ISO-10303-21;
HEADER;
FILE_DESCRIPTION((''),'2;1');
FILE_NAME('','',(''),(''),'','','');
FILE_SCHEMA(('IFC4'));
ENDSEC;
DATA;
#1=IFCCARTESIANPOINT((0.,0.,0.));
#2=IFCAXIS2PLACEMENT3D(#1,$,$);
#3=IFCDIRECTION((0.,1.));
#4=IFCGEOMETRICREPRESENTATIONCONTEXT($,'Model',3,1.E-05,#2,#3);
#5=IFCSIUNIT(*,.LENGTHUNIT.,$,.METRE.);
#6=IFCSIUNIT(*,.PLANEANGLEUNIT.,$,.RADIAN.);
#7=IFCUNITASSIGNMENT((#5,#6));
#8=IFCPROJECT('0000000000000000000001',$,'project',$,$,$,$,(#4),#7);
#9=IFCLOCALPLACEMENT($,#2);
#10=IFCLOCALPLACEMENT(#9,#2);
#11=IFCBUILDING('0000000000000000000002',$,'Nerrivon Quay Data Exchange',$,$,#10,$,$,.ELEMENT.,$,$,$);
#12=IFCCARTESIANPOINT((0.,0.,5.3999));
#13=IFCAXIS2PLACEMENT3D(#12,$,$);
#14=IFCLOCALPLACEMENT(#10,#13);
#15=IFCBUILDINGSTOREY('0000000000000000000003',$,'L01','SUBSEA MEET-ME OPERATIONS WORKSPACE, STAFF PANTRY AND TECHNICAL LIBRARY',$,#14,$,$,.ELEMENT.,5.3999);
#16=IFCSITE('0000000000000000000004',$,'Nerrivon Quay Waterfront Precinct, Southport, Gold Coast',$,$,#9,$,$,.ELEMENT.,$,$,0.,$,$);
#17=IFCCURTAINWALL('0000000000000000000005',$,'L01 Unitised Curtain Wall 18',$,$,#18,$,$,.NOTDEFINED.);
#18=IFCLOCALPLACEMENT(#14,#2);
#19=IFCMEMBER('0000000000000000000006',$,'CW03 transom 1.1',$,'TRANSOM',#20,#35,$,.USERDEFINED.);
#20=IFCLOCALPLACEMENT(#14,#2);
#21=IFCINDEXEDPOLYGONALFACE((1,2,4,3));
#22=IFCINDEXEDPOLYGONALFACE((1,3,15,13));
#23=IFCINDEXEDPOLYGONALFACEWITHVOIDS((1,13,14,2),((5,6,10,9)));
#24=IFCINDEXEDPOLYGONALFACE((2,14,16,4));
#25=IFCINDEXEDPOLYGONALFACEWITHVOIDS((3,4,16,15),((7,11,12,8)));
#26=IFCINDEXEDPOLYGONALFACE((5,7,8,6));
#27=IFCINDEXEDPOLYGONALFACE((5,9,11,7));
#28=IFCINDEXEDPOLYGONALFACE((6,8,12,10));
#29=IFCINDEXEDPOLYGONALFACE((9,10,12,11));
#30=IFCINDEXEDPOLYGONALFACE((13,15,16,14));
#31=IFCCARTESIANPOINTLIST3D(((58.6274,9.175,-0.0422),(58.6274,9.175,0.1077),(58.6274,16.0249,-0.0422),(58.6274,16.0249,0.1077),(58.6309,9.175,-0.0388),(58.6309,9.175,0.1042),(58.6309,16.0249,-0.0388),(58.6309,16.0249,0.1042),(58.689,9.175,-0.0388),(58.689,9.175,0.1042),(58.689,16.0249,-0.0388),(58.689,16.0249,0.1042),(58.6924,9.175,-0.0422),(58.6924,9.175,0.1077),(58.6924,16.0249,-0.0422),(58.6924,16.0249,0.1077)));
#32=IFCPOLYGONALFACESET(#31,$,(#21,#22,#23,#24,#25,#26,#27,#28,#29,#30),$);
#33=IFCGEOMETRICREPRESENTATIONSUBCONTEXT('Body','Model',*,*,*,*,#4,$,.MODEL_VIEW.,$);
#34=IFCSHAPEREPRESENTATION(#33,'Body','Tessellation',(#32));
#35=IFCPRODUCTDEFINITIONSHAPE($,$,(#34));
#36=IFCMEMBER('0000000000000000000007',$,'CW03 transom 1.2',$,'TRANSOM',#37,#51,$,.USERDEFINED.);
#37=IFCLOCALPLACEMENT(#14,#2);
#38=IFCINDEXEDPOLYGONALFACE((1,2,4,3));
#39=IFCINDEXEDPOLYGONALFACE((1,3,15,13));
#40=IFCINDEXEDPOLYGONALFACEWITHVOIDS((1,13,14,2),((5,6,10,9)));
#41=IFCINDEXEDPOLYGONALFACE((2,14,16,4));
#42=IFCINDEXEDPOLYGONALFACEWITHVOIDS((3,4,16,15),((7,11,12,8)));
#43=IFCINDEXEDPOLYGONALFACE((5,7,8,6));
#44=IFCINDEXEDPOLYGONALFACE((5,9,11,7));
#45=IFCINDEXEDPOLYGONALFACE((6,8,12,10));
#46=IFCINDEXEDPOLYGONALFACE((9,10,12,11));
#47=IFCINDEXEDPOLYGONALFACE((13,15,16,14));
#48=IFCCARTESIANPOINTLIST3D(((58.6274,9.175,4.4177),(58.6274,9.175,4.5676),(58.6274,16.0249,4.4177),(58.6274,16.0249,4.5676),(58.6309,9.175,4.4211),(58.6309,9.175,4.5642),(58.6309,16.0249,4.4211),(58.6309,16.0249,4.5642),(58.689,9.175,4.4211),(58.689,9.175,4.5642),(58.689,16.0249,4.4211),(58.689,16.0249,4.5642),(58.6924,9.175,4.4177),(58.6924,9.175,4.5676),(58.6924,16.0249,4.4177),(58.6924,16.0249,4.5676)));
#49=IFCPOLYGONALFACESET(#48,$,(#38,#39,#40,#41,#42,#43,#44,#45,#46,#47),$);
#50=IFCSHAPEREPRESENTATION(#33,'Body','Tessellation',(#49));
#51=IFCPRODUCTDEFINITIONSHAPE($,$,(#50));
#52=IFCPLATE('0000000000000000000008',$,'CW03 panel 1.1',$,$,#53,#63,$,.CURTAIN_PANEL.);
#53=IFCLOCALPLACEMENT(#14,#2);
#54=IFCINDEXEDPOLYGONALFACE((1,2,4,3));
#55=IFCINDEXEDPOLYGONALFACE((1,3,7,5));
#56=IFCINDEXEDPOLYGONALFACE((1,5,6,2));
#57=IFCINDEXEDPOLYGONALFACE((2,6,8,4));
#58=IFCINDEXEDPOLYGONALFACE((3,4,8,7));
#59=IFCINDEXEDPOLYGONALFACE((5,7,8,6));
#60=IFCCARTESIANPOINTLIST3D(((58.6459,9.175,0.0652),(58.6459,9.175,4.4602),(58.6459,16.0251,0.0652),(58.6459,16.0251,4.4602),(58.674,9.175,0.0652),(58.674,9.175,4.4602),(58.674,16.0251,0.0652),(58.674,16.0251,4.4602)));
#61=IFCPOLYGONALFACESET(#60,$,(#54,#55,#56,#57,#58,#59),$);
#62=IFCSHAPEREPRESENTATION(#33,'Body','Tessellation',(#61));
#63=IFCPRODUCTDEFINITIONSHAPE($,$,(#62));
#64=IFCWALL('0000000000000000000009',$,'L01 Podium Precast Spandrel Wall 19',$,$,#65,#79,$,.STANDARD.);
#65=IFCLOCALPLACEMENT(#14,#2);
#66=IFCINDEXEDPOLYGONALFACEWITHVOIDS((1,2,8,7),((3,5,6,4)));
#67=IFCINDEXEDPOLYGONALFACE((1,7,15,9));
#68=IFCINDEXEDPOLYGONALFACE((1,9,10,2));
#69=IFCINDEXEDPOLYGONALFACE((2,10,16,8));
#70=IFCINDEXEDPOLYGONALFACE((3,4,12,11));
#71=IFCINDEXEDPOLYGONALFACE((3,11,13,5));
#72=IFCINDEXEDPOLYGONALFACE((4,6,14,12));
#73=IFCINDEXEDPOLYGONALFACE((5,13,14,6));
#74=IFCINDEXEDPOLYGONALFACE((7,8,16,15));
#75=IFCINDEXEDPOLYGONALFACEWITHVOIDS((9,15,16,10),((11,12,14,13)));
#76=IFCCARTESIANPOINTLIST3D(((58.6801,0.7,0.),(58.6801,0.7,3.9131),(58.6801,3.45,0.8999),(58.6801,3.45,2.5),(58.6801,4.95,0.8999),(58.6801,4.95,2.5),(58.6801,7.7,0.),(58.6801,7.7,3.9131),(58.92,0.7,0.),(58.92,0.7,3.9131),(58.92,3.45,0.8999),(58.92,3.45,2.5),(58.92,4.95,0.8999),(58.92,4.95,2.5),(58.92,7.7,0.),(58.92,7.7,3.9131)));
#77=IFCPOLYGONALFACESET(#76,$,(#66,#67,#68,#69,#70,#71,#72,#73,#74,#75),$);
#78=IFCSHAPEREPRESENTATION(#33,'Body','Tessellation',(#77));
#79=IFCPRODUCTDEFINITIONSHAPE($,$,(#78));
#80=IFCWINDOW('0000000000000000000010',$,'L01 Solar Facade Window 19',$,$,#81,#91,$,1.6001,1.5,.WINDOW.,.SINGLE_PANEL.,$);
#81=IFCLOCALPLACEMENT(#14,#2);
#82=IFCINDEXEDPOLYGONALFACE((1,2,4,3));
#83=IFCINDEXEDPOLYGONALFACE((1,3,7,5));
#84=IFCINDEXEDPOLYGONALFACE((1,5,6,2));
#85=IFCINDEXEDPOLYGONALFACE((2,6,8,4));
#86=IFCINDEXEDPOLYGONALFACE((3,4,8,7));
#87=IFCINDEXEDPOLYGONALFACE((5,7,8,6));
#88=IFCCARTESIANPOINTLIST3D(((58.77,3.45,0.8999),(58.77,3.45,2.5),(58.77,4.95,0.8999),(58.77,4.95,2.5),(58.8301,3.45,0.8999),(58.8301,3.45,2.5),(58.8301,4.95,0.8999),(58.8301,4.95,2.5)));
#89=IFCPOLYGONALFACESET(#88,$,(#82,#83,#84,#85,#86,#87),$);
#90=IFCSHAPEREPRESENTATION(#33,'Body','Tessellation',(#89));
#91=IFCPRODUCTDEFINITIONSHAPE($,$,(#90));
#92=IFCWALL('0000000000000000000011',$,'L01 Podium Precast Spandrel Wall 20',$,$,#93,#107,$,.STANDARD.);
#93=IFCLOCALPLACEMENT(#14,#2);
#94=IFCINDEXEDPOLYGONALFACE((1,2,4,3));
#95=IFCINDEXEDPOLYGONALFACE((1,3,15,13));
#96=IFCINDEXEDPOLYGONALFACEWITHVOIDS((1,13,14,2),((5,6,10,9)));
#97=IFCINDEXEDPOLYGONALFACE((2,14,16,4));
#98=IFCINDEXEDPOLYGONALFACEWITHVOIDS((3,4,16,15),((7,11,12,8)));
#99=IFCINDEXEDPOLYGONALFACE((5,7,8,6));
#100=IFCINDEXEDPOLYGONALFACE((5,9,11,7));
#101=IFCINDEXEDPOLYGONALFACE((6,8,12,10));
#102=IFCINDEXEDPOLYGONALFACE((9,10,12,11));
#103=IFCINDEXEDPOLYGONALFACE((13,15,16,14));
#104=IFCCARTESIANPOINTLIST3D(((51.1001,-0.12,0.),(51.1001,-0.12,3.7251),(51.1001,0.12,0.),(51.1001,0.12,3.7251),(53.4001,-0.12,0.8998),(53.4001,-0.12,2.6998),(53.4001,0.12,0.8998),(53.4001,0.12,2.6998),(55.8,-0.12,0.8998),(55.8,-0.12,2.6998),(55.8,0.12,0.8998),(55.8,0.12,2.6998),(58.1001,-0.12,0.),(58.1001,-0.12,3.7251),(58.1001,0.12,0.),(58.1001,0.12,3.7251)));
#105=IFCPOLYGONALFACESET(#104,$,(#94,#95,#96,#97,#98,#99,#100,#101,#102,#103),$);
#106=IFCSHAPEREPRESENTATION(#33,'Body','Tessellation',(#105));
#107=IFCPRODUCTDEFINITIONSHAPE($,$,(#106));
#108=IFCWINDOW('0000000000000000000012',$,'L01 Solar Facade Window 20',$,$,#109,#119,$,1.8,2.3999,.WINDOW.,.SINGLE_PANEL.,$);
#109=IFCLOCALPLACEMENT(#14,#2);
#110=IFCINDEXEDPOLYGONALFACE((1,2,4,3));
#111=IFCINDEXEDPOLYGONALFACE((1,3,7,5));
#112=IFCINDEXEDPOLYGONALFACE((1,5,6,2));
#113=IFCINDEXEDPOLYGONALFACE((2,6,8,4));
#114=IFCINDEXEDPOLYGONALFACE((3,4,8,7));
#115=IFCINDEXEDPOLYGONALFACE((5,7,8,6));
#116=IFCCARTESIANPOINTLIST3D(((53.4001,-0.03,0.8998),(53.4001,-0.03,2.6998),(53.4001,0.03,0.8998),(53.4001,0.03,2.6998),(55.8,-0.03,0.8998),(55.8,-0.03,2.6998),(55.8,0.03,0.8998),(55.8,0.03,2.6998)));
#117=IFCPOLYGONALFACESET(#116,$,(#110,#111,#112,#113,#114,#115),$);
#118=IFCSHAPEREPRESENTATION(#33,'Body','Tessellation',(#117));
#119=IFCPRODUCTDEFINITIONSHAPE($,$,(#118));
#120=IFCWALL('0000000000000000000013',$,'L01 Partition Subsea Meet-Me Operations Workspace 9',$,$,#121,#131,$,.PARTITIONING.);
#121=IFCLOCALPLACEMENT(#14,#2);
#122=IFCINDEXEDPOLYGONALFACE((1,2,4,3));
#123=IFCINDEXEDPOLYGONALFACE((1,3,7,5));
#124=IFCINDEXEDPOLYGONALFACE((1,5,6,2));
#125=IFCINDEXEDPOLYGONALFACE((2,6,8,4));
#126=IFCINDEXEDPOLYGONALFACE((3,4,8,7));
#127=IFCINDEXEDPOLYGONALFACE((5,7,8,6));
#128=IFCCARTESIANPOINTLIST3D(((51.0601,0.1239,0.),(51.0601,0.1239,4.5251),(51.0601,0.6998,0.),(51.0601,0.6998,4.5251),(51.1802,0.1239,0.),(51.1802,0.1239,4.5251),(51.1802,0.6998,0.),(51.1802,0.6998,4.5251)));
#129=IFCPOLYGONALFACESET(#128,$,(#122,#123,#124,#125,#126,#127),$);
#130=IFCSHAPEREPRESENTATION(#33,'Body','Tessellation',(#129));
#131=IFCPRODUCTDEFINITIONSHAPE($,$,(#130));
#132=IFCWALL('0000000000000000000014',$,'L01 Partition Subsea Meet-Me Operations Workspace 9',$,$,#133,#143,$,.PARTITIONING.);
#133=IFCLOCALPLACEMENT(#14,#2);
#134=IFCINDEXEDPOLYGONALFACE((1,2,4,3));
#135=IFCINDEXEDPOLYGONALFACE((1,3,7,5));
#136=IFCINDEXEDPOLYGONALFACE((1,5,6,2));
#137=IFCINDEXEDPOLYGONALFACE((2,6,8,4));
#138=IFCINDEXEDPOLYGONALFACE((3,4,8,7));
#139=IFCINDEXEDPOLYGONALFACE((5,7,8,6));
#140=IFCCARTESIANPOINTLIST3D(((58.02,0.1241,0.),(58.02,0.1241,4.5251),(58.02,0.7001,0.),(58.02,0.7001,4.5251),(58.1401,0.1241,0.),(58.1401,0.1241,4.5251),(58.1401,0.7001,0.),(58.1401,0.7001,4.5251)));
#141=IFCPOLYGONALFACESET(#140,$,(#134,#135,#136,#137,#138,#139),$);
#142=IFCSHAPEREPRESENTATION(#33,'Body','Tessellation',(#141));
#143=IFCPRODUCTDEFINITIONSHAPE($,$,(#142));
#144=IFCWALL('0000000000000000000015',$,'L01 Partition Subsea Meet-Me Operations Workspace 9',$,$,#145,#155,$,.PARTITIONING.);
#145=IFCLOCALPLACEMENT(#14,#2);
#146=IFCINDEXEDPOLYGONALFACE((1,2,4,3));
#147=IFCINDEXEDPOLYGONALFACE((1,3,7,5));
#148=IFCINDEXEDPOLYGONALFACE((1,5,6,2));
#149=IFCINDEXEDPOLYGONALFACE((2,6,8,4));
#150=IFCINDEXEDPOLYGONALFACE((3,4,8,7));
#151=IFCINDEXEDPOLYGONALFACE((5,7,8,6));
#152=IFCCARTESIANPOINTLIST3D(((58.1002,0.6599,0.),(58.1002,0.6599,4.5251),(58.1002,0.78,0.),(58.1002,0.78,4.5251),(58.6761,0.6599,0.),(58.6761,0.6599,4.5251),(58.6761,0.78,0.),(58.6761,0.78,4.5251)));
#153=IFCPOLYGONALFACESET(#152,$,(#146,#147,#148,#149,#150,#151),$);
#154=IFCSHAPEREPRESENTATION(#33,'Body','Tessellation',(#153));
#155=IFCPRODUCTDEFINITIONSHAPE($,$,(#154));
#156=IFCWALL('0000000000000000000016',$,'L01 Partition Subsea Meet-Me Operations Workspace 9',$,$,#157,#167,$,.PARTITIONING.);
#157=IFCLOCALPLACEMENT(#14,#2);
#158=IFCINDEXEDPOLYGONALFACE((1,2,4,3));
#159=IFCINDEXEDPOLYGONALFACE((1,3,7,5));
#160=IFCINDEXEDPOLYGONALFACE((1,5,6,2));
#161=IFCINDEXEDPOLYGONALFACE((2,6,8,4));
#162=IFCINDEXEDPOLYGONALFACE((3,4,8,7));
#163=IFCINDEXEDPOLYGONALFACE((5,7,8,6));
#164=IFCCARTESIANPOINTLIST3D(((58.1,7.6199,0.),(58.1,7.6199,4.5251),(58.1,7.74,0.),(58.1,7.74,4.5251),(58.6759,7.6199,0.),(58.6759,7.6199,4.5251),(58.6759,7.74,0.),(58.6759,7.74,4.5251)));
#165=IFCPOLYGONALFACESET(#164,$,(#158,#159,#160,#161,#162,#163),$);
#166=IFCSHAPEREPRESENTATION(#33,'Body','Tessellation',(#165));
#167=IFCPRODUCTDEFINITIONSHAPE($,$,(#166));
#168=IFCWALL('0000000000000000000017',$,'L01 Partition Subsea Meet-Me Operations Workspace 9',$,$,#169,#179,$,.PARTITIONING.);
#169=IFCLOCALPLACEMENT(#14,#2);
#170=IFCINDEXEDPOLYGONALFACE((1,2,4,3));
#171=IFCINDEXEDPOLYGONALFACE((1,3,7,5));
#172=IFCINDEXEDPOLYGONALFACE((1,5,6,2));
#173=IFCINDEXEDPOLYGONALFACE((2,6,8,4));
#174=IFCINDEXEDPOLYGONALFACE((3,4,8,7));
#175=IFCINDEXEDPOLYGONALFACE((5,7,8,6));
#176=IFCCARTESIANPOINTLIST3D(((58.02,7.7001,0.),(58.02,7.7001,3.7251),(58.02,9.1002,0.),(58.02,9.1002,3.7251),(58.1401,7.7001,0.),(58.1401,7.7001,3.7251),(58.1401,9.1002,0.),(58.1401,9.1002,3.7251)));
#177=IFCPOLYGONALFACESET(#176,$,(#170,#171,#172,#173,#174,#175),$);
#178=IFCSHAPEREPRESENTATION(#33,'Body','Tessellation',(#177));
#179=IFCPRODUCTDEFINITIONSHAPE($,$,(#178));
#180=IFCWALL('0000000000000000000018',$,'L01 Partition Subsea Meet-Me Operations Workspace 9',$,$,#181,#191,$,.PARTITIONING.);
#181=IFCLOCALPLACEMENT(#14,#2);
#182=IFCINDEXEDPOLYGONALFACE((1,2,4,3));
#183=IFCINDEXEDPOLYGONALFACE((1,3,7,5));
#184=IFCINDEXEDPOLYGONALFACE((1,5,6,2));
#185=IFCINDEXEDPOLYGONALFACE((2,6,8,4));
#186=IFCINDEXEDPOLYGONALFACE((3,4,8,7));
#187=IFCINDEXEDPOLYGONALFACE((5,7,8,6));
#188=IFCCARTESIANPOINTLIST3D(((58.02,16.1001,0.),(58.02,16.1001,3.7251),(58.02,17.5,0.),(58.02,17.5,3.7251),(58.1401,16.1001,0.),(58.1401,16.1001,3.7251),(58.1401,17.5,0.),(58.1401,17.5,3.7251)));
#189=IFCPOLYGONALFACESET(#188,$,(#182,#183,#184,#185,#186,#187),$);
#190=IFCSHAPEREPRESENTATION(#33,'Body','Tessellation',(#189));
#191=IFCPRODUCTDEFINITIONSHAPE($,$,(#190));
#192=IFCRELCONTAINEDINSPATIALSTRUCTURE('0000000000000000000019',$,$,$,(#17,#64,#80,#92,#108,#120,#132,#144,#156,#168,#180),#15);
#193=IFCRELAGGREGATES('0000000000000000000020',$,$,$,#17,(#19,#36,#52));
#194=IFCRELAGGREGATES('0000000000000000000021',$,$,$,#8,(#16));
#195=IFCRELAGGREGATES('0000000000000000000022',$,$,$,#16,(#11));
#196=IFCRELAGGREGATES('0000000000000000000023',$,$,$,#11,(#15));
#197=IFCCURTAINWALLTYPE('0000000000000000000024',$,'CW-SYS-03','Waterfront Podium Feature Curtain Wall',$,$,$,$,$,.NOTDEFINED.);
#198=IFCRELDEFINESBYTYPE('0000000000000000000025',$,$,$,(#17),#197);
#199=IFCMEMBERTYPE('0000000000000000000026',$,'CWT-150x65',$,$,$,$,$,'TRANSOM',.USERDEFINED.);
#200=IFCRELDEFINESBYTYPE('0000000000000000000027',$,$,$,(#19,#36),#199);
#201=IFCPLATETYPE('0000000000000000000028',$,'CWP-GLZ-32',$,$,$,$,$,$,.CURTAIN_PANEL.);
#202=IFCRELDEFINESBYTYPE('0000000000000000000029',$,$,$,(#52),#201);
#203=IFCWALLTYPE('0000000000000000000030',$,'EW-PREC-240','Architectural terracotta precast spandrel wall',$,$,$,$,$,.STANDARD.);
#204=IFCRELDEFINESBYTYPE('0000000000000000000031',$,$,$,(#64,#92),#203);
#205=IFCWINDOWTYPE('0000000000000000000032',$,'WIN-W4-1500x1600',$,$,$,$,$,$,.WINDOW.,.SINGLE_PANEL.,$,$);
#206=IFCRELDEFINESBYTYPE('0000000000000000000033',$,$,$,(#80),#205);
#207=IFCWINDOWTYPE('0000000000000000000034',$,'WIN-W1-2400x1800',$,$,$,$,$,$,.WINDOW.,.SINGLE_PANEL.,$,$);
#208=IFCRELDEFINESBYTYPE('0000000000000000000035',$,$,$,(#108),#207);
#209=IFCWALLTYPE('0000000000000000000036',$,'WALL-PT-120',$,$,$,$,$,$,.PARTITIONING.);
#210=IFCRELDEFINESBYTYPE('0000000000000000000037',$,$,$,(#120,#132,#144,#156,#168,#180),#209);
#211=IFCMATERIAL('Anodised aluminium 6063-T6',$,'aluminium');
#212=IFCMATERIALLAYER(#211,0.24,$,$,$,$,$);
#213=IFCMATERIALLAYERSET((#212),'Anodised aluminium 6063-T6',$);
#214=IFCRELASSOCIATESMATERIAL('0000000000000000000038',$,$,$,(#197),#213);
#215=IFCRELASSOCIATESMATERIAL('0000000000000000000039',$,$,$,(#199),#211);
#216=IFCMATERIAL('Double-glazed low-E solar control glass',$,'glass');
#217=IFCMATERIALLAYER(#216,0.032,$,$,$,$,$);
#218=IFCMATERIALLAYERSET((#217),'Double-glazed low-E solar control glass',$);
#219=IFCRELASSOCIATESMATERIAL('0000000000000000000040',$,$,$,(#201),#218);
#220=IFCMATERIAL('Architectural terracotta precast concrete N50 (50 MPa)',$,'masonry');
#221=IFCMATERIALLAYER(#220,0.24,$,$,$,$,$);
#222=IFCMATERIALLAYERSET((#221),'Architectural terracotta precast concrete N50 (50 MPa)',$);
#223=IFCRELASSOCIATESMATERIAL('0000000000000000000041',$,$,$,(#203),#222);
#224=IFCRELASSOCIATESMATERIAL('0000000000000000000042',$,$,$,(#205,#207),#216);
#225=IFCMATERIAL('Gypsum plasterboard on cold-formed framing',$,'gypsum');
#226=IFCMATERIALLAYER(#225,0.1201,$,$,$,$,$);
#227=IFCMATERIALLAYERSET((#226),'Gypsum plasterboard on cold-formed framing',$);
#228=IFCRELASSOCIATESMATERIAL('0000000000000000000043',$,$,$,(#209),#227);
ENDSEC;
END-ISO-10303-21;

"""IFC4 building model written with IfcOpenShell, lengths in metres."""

from ifc_helpers import new_model, si_unit, direction, frame, frame_2d, origin, origin_2d, place, context, subcontext, project, spatial, rectangle, hollow_rectangle, extrude, material, layer, layer_set, material_profile, profile_set, type_object, element, fill, aggregate, save


model = new_model("IFC4")

# Units and contexts
model_context = context("Model", 3, precision=1e-05, world=origin(), true_north=direction((0.0, 1.0)))
body_context = subcontext(model_context, "Body", "Model", "MODEL_VIEW")
ifc_project = project(units=[si_unit("LENGTHUNIT", "METRE"), si_unit("PLANEANGLEUNIT", "RADIAN")], contexts=[model_context])

# Site, building, storey
site_placement = place(None, origin())
site = spatial("IfcSite", under=ifc_project, at=site_placement, Name="Nerrivon Quay Waterfront Precinct, Southport, Gold Coast", CompositionType="ELEMENT", RefElevation=0.0)
building_placement = place(site_placement, origin())
building = spatial("IfcBuilding", under=site, at=building_placement, Name="Nerrivon Quay Data Exchange", CompositionType="ELEMENT")
storey_placement = place(building_placement, frame((0.0, 0.0, 5.3999)))
storey = spatial("IfcBuildingStorey", under=building, at=storey_placement, Name="L01", Description="SUBSEA MEET-ME OPERATIONS WORKSPACE, STAFF PANTRY AND TECHNICAL LIBRARY", CompositionType="ELEMENT", Elevation=5.3999)

# Shared definitions
ifc_material_1 = material(Name="Anodised aluminium 6063-T6", Category="aluminium")
ifc_layer_1 = layer(ifc_material_1, 0.24)
ifc_layer_set_1 = layer_set([ifc_layer_1], Name="Anodised aluminium 6063-T6")
curtain_wall_type = type_object("IfcCurtainWallType", Name="CW-SYS-03", Description="Waterfront Podium Feature Curtain Wall", PredefinedType="NOTDEFINED", material=ifc_layer_set_1)

# Curtain wall, members, plate
curtain_wall_1_placement = place(storey_placement, origin())
curtain_wall_1 = element("IfcCurtainWall", 1, at=curtain_wall_1_placement, inside=storey, type_object=curtain_wall_type, Name="L01 Unitised Curtain Wall 18", PredefinedType="NOTDEFINED")
ifc_material_profile_1 = material_profile(ifc_material_1, hollow_rectangle(XDim=0.0649, YDim=0.1499, WallThickness=0.0034, at=origin_2d()), Name="ALU-TRAN-150x65")
ifc_profile_set_1 = profile_set([ifc_material_profile_1], Name="Anodised aluminium 6063-T6")
member_type_1 = type_object("IfcMemberType", Name="CWT-150x65", ElementType="TRANSOM", PredefinedType="USERDEFINED", material=ifc_profile_set_1)
member_1_placement = place(storey_placement, frame((58.6599, 16.0249, 0.0327), z_axis=(0.0, -1.0, 0.0), x_axis=(1.0, 0.0, 0.0)))
member_1 = element("IfcMember", 2, at=member_1_placement, type_object=member_type_1, Name="CW03 transom 1.1", ObjectType="TRANSOM", PredefinedType="USERDEFINED", context=body_context, shape_type="SweptSolid", body=[
    extrude(hollow_rectangle(XDim=0.0649, YDim=0.1499, WallThickness=0.0034, at=origin_2d()), origin(), (0.0, 0.0, 1.0), 6.8499),
])
member_2_placement = place(storey_placement, frame((58.6599, 16.0249, 4.4927), z_axis=(0.0, -1.0, 0.0), x_axis=(1.0, 0.0, 0.0)))
member_2 = element("IfcMember", 3, at=member_2_placement, type_object=member_type_1, Name="CW03 transom 1.2", ObjectType="TRANSOM", PredefinedType="USERDEFINED", context=body_context, shape_type="SweptSolid", body=[
    extrude(hollow_rectangle(XDim=0.0649, YDim=0.1499, WallThickness=0.0034, at=origin_2d()), origin(), (0.0, 0.0, 1.0), 6.8499),
])
ifc_material_2 = material(Name="Double-glazed low-E solar control glass", Category="glass")
ifc_layer_2 = layer(ifc_material_2, 0.032)
ifc_layer_set_2 = layer_set([ifc_layer_2], Name="Double-glazed low-E solar control glass")
plate_type = type_object("IfcPlateType", Name="CWP-GLZ-32", PredefinedType="CURTAIN_PANEL", material=ifc_layer_set_2)
plate_placement = place(storey_placement, frame((58.6599, 12.6001, 0.0652), z_axis=(0.0, 0.0, 1.0), x_axis=(0.0, -1.0, 0.0)))
plate = element("IfcPlate", 4, at=plate_placement, type_object=plate_type, Name="CW03 panel 1.1", PredefinedType="CURTAIN_PANEL", context=body_context, shape_type="SweptSolid", body=[
    extrude(rectangle(XDim=6.8501, YDim=0.0281, at=origin_2d()), origin(), (0.0, 0.0, 1.0), 4.395),
])
aggregate(curtain_wall_1, [member_1, member_2, plate])

# Walls, openings, windows
ifc_material_3 = material(Name="Architectural terracotta precast concrete N50 (50 MPa)", Category="masonry")
ifc_layer_3 = layer(ifc_material_3, 0.24)
ifc_layer_set_3 = layer_set([ifc_layer_3], Name="Architectural terracotta precast concrete N50 (50 MPa)")
wall_type_1 = type_object("IfcWallType", Name="EW-PREC-240", Description="Architectural terracotta precast spandrel wall", PredefinedType="STANDARD", material=ifc_layer_set_3)
wall_1_placement = place(storey_placement, frame((58.8, 7.7, 0.0), z_axis=(0.0, 0.0, 1.0), x_axis=(0.0, -1.0, 0.0)))
wall_1 = element("IfcWall", 5, at=wall_1_placement, inside=storey, type_object=wall_type_1, Name="L01 Podium Precast Spandrel Wall 19", PredefinedType="STANDARD", context=body_context, shape_type="SweptSolid", body=[
    extrude(rectangle(XDim=7.0, YDim=0.24, at=frame_2d((3.5, 0.0))), origin(), (0.0, 0.0, 1.0), 3.9131),
])
opening_1_placement = place(wall_1_placement, frame((2.75, 0.0, 0.8999)))
opening_1 = element("IfcOpeningElement", 6, at=opening_1_placement, cuts=wall_1, PredefinedType="OPENING", context=body_context, shape_type="SweptSolid", body=[
    extrude(rectangle(XDim=1.5, YDim=1.6001, at=frame_2d((0.75, 0.8))), frame((0.0, 0.1299, 0.0), z_axis=(0.0, -1.0, 0.0), x_axis=(1.0, 0.0, 0.0)), (0.0, 0.0, 1.0), 0.26),
])
window_type_1 = type_object("IfcWindowType", Name="WIN-W4-1500x1600", PartitioningType="SINGLE_PANEL", PredefinedType="WINDOW", material=ifc_material_2)
window_1_placement = place(opening_1_placement, origin())
window_1 = element("IfcWindow", 7, at=window_1_placement, inside=storey, type_object=window_type_1, Name="L01 Solar Facade Window 19", OverallHeight=1.6001, OverallWidth=1.5, PartitioningType="SINGLE_PANEL", PredefinedType="WINDOW", context=body_context, shape_type="SweptSolid", body=[
    extrude(rectangle(XDim=1.5, YDim=1.6001, at=frame_2d((0.75, 0.8))), frame((0.0, 0.03, 0.0), z_axis=(0.0, -1.0, 0.0), x_axis=(1.0, 0.0, 0.0)), (0.0, 0.0, 1.0), 0.0601),
])
fill(opening_1, window_1)
wall_2_placement = place(storey_placement, frame((58.1001, 0.0, 0.0), z_axis=(0.0, 0.0, 1.0), x_axis=(-1.0, 0.0, 0.0)))
wall_2 = element("IfcWall", 8, at=wall_2_placement, inside=storey, type_object=wall_type_1, Name="L01 Podium Precast Spandrel Wall 20", PredefinedType="STANDARD", context=body_context, shape_type="SweptSolid", body=[
    extrude(rectangle(XDim=7.0, YDim=0.24, at=frame_2d((3.5, 0.0))), origin(), (0.0, 0.0, 1.0), 3.7251),
])
opening_2_placement = place(wall_2_placement, frame((2.3, 0.0, 0.8999)))
opening_2 = element("IfcOpeningElement", 9, at=opening_2_placement, cuts=wall_2, PredefinedType="OPENING", context=body_context, shape_type="SweptSolid", body=[
    extrude(rectangle(XDim=2.3999, YDim=1.8, at=frame_2d((1.2, 0.8999))), frame((0.0, 0.1299, 0.0), z_axis=(0.0, -1.0, 0.0), x_axis=(1.0, 0.0, 0.0)), (0.0, 0.0, 1.0), 0.26),
])
window_type_2 = type_object("IfcWindowType", Name="WIN-W1-2400x1800", PartitioningType="SINGLE_PANEL", PredefinedType="WINDOW", material=ifc_material_2)
window_2_placement = place(opening_2_placement, origin())
window_2 = element("IfcWindow", 10, at=window_2_placement, inside=storey, type_object=window_type_2, Name="L01 Solar Facade Window 20", OverallHeight=1.8, OverallWidth=2.3999, PartitioningType="SINGLE_PANEL", PredefinedType="WINDOW", context=body_context, shape_type="SweptSolid", body=[
    extrude(rectangle(XDim=2.3999, YDim=1.8, at=frame_2d((1.2, 0.8999))), frame((0.0, 0.03, 0.0), z_axis=(0.0, -1.0, 0.0), x_axis=(1.0, 0.0, 0.0)), (0.0, 0.0, 1.0), 0.0601),
])
fill(opening_2, window_2)

# Walls
ifc_material_4 = material(Name="Gypsum plasterboard on cold-formed framing", Category="gypsum")
ifc_layer_4 = layer(ifc_material_4, 0.1201)
ifc_layer_set_4 = layer_set([ifc_layer_4], Name="Gypsum plasterboard on cold-formed framing")
wall_type_2 = type_object("IfcWallType", Name="WALL-PT-120", PredefinedType="PARTITIONING", material=ifc_layer_set_4)
for number, where, z_axis, x_axis, name in (
    (11, (51.1201, 0.7, 0.0), (0.0, 0.0, 1.0), (0.0, -1.0, 0.0), "L01 Partition Subsea Meet-Me Operations Workspace 9"),
    (12, (58.0801, 0.124, 0.0), (0.0, 0.0, 1.0), (0.0, 1.0, 0.0), "L01 Partition Subsea Meet-Me Operations Workspace 9"),
    (13, (58.1001, 0.72, 0.0), (0.0, 0.0, 1.0), (1.0, 0.0, 0.0), "L01 Partition Subsea Meet-Me Operations Workspace 9"),
    (14, (58.676, 7.6799, 0.0), (0.0, 0.0, 1.0), (-1.0, 0.0, 0.0), "L01 Partition Subsea Meet-Me Operations Workspace 9"),
):
    element("IfcWall", number, at=place(storey_placement, frame(where, z_axis=z_axis, x_axis=x_axis)), inside=storey, type_object=wall_type_2, Name=name, PredefinedType="PARTITIONING", context=body_context, shape_type="SweptSolid", body=[
        extrude(rectangle(XDim=0.5759, YDim=0.1201, at=frame_2d((0.2881, 0.0))), origin(), (0.0, 0.0, 1.0), 4.5251),
    ])
wall_3_placement = place(storey_placement, frame((58.0801, 7.7, 0.0), z_axis=(0.0, 0.0, 1.0), x_axis=(0.0, 1.0, 0.0)))
element("IfcWall", 15, at=wall_3_placement, inside=storey, type_object=wall_type_2, Name="L01 Partition Subsea Meet-Me Operations Workspace 9", PredefinedType="PARTITIONING", context=body_context, shape_type="SweptSolid", body=[
    extrude(rectangle(XDim=1.4001, YDim=0.1201, at=frame_2d((0.7002, 0.0))), origin(), (0.0, 0.0, 1.0), 3.7251),
])
wall_4_placement = place(storey_placement, frame((58.0801, 16.1001, 0.0), z_axis=(0.0, 0.0, 1.0), x_axis=(0.0, 1.0, 0.0)))
element("IfcWall", 16, at=wall_4_placement, inside=storey, type_object=wall_type_2, Name="L01 Partition Subsea Meet-Me Operations Workspace 9", PredefinedType="PARTITIONING", context=body_context, shape_type="SweptSolid", body=[
    extrude(rectangle(XDim=1.3999, YDim=0.1201, at=frame_2d((0.7, 0.0))), origin(), (0.0, 0.0, 1.0), 3.7251),
])

save(model, "model.ifc")
